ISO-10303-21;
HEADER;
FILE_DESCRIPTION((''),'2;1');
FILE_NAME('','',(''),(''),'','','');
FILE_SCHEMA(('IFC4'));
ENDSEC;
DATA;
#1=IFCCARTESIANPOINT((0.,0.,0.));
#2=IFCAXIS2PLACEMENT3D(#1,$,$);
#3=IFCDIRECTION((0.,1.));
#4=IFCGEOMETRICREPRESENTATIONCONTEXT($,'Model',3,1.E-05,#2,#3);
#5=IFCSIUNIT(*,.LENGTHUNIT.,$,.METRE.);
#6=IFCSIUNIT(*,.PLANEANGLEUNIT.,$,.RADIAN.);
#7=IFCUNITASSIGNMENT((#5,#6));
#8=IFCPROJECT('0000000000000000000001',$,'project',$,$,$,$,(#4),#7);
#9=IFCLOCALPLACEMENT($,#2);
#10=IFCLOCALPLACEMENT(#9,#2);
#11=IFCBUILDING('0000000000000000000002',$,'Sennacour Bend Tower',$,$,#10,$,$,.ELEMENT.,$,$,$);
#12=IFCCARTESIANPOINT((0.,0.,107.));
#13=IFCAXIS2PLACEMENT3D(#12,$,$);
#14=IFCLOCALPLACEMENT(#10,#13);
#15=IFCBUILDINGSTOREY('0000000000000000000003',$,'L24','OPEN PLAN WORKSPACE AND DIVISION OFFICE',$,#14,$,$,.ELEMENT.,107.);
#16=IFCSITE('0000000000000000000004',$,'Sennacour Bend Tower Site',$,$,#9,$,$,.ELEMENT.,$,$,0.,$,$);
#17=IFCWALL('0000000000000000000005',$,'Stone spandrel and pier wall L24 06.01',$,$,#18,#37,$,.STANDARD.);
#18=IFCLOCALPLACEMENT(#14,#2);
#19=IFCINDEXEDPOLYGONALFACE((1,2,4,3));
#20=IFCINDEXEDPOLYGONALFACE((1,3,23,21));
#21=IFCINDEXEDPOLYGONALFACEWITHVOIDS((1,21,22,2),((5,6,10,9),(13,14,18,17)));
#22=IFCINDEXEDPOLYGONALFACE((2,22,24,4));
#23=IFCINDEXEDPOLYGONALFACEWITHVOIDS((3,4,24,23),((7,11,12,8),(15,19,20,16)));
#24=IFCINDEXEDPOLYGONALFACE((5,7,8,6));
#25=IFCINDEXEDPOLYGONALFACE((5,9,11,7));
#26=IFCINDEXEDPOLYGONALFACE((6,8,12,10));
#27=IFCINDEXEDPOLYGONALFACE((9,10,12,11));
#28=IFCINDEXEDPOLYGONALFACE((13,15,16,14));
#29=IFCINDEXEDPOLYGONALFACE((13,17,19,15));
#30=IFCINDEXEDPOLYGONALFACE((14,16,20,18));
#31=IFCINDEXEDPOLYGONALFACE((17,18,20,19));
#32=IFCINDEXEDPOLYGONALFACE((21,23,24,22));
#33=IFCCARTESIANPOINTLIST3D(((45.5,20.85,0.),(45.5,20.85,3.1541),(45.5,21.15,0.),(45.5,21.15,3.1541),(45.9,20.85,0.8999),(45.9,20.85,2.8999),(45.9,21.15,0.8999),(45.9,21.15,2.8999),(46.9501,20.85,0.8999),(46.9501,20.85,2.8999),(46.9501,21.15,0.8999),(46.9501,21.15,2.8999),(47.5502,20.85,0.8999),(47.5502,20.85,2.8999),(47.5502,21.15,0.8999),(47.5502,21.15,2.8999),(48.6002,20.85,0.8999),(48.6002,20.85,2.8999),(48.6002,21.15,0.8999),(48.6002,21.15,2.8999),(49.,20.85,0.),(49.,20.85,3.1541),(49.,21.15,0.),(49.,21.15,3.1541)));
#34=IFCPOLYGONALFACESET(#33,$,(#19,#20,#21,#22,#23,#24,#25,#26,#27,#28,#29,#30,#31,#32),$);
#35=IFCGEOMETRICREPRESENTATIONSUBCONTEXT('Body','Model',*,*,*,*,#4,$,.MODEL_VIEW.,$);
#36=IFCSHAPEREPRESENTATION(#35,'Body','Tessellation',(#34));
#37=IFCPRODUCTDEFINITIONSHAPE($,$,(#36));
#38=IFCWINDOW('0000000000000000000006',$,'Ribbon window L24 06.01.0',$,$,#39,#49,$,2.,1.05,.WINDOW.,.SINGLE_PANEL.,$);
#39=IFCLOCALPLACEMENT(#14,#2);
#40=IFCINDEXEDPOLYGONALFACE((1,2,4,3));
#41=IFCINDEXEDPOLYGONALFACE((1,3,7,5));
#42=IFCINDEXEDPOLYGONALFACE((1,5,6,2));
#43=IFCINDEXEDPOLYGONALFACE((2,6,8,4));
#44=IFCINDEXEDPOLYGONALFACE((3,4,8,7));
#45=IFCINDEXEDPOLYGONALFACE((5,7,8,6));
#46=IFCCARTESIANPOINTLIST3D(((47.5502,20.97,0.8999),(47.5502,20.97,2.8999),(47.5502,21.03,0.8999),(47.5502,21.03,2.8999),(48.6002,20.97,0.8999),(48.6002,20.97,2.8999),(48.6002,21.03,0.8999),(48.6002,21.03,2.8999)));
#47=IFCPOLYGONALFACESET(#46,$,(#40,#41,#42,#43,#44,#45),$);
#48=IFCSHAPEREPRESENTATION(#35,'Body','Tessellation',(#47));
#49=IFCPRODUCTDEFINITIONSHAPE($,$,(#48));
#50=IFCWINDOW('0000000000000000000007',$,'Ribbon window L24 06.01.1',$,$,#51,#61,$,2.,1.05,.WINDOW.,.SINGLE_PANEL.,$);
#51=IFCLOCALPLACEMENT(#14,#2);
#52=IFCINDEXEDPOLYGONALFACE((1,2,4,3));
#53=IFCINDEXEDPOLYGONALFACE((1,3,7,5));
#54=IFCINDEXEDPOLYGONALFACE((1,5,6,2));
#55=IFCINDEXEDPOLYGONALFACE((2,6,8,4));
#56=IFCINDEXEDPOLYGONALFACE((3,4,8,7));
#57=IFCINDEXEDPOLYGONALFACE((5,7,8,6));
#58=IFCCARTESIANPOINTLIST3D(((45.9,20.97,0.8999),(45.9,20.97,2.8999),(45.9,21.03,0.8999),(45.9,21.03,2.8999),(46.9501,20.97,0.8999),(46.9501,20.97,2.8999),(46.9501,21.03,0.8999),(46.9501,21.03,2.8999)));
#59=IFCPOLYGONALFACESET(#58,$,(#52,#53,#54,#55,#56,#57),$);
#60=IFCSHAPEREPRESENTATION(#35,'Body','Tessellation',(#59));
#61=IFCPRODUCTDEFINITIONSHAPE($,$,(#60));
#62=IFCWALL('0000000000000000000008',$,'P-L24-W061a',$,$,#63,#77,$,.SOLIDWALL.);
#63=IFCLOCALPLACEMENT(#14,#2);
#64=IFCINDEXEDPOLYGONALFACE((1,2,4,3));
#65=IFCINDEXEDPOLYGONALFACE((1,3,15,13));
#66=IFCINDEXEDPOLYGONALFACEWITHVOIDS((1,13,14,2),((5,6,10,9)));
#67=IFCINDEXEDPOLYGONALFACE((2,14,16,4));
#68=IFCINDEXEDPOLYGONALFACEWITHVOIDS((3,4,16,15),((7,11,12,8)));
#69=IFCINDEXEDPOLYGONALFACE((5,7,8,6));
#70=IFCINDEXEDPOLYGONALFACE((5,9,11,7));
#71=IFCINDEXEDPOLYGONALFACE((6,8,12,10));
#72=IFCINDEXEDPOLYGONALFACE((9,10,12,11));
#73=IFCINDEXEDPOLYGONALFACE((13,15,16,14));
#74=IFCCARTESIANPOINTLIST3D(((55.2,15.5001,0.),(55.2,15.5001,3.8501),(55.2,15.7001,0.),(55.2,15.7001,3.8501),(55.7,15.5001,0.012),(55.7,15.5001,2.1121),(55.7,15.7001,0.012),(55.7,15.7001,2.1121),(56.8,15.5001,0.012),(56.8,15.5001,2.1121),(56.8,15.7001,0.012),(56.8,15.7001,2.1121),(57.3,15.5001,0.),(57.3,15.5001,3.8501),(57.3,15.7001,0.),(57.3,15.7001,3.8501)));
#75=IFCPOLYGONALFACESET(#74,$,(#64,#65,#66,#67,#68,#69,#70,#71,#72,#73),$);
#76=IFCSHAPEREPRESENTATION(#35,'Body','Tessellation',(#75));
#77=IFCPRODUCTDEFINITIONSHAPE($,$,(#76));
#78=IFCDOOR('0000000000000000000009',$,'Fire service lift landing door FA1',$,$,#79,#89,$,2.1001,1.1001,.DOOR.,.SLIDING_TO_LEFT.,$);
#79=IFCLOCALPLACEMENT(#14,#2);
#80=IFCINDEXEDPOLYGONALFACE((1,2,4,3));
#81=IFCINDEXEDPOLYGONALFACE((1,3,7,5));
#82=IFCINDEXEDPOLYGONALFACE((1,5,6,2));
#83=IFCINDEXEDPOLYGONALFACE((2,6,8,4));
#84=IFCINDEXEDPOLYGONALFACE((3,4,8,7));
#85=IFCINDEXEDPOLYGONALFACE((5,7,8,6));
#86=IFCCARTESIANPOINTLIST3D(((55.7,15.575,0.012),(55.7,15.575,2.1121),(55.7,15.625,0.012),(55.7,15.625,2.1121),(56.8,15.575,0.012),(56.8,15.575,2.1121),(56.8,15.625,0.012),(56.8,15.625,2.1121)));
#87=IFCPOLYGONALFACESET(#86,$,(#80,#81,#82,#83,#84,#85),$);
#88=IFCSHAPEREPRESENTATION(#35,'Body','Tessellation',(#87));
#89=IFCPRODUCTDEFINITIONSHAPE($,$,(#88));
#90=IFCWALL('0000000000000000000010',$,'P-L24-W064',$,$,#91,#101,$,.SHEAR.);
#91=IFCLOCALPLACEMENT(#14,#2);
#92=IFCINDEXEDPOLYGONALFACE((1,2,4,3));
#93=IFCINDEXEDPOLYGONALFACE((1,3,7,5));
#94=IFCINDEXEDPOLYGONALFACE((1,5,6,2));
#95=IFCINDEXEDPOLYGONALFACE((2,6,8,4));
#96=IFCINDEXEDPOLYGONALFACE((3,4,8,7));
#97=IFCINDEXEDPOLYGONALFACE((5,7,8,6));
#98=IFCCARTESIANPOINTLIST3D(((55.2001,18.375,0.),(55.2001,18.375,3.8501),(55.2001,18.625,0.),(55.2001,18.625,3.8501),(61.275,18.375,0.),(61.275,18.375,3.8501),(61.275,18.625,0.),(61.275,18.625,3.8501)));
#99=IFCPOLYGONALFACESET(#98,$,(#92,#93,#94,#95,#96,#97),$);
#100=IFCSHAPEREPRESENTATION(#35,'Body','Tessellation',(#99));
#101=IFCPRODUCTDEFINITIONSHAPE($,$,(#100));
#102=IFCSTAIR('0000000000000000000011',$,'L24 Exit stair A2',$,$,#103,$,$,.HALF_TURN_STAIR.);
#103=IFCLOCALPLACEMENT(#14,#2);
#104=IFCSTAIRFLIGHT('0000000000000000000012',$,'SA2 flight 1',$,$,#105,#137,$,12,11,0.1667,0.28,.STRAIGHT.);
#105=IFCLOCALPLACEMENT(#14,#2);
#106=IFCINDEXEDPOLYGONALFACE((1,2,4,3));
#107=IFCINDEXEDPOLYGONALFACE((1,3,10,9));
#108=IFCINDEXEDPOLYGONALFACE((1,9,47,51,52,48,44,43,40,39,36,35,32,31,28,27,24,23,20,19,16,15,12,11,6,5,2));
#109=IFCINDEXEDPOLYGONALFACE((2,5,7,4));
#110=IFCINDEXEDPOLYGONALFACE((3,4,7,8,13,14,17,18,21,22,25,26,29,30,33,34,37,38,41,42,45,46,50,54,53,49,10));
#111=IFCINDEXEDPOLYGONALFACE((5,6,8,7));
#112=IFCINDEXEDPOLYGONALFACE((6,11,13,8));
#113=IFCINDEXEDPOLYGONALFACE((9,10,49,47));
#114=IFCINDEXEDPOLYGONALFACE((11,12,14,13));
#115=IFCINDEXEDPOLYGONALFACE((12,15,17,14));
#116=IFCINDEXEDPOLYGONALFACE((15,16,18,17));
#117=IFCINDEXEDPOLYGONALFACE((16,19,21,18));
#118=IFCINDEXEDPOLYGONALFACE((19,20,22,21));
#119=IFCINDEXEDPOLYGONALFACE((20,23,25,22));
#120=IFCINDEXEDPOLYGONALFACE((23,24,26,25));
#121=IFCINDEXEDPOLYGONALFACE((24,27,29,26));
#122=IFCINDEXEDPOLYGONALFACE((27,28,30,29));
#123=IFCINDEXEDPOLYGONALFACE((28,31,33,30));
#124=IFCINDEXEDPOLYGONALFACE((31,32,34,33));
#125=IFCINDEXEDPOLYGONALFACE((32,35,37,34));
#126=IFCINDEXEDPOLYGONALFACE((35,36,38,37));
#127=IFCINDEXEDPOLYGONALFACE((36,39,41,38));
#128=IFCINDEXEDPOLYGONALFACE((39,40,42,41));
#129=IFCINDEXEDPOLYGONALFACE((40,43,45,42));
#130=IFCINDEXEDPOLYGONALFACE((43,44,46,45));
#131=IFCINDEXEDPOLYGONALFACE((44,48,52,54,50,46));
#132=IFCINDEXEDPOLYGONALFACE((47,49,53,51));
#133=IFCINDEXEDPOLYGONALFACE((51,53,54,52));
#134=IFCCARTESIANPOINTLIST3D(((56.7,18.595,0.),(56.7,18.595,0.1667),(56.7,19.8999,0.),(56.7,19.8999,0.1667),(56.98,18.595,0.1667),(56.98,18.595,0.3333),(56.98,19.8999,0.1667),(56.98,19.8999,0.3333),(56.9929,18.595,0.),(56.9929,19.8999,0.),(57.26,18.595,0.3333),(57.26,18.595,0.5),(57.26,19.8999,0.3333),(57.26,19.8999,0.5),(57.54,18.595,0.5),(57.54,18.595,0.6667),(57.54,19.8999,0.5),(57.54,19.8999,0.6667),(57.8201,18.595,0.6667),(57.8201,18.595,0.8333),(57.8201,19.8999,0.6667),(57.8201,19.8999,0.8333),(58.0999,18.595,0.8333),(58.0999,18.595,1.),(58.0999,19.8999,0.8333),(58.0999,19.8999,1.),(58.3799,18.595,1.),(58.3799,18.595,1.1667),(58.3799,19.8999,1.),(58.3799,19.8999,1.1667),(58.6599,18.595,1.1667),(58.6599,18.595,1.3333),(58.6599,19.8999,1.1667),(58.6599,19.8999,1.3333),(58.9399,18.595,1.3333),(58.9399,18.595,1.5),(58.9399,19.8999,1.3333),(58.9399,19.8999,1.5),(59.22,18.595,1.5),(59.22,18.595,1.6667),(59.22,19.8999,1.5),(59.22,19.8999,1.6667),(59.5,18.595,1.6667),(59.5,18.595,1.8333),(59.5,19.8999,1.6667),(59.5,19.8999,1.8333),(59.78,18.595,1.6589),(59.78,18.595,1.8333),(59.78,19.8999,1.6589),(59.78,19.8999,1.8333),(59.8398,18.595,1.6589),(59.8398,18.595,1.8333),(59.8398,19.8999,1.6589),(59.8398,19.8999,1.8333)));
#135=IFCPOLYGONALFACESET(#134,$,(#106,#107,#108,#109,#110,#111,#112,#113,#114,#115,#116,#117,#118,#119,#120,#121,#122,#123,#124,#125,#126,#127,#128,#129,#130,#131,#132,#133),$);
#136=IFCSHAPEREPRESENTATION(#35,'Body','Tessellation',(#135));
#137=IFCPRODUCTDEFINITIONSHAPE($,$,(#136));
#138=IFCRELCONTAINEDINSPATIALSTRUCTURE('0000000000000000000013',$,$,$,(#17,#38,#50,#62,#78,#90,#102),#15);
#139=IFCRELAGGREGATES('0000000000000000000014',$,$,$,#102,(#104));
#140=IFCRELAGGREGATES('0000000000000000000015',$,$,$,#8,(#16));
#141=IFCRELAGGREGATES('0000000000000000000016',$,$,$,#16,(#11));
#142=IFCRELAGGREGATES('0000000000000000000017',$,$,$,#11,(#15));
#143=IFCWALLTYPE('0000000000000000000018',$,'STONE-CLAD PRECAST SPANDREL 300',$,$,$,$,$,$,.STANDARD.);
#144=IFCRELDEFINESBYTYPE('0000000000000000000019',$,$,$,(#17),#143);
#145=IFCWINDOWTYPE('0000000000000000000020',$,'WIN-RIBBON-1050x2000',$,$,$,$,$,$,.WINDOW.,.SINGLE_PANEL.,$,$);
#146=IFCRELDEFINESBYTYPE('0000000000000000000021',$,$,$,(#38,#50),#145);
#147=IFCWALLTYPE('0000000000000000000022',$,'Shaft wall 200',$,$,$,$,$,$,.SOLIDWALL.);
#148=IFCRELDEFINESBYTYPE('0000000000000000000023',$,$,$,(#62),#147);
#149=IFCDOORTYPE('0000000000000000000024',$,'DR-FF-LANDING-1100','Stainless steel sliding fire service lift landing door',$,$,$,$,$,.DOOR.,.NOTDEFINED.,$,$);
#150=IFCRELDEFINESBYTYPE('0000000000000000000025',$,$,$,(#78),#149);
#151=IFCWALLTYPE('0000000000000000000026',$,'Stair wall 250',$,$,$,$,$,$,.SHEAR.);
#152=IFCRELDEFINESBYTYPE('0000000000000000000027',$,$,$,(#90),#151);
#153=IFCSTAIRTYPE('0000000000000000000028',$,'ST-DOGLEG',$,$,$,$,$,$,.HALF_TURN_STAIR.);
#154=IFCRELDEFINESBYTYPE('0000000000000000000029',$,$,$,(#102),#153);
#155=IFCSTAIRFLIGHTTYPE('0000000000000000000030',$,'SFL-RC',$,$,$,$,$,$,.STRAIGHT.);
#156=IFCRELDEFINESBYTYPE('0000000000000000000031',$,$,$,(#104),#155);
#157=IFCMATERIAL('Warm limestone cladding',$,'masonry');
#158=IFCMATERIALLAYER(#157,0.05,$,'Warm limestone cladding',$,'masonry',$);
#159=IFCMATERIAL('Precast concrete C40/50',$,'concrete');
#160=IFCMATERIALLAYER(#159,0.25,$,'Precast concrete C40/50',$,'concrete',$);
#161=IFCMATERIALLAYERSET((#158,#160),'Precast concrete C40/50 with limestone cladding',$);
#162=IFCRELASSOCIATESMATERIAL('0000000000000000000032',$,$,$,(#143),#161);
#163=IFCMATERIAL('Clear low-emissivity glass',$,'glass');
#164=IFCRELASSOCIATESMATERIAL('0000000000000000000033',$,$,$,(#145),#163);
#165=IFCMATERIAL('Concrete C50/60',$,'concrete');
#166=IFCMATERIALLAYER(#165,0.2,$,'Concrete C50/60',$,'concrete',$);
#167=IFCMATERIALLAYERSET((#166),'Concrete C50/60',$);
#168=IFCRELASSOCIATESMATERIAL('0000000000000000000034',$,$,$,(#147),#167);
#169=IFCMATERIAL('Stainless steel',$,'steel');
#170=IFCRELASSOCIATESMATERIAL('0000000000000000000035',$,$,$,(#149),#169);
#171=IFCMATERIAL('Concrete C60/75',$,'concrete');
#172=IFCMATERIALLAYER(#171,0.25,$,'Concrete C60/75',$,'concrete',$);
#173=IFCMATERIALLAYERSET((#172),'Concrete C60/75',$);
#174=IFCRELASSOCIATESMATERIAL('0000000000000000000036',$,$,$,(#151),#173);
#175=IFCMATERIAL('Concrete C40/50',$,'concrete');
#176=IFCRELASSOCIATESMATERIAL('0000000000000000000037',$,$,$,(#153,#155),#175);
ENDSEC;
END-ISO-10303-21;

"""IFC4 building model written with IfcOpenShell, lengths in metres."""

from ifc_helpers import new_model, si_unit, direction, frame, frame_2d, origin, place, context, subcontext, project, spatial, polyline, rectangle, outline, extrude, material, layer, layer_set, type_object, element, fill, aggregate, save


model = new_model("IFC4")

# Units and contexts
model_context = context("Model", 3, precision=1e-05, world=origin(), true_north=direction((0.0, 1.0)))
body_context = subcontext(model_context, "Body", "Model", "MODEL_VIEW")
ifc_project = project(units=[si_unit("LENGTHUNIT", "METRE"), si_unit("PLANEANGLEUNIT", "RADIAN")], contexts=[model_context])

# Site, building, storey
site_placement = place(None, origin())
site = spatial("IfcSite", under=ifc_project, at=site_placement, Name="Sennacour Bend Tower Site", CompositionType="ELEMENT", RefElevation=0.0)
building_placement = place(site_placement, origin())
building = spatial("IfcBuilding", under=site, at=building_placement, Name="Sennacour Bend Tower", CompositionType="ELEMENT")
storey_placement = place(building_placement, frame((0.0, 0.0, 107.0)))
storey = spatial("IfcBuildingStorey", under=building, at=storey_placement, Name="L24", Description="OPEN PLAN WORKSPACE AND DIVISION OFFICE", CompositionType="ELEMENT", Elevation=107.0)

# Wall, openings, windows
ifc_material_1 = material(Name="Warm limestone cladding", Category="masonry")
ifc_layer_1 = layer(ifc_material_1, 0.05, Name="Warm limestone cladding", Category="masonry")
ifc_material_2 = material(Name="Precast concrete C40/50", Category="concrete")
ifc_layer_2 = layer(ifc_material_2, 0.25, Name="Precast concrete C40/50", Category="concrete")
ifc_layer_set_1 = layer_set([ifc_layer_1, ifc_layer_2], Name="Precast concrete C40/50 with limestone cladding")
wall_type_1 = type_object("IfcWallType", Name="STONE-CLAD PRECAST SPANDREL 300", PredefinedType="STANDARD", material=ifc_layer_set_1)
ifc_material_3 = material(Name="Clear low-emissivity glass", Category="glass")
window_type_1 = type_object("IfcWindowType", Name="WIN-RIBBON-1050x2000", PartitioningType="SINGLE_PANEL", PredefinedType="WINDOW", material=ifc_material_3)
wall_1_placement = place(storey_placement, frame((49.0, 21.0, 0.0), z_axis=(0.0, 0.0, 1.0), x_axis=(-1.0, 0.0, 0.0)))
wall_1 = element("IfcWall", 1, at=wall_1_placement, inside=storey, type_object=wall_type_1, Name="Stone spandrel and pier wall L24 06.01", PredefinedType="STANDARD", context=body_context, shape_type="SweptSolid", body=[
    extrude(rectangle(XDim=3.5, YDim=0.3, at=frame_2d((1.75, 0.0))), origin(), (0.0, 0.0, 1.0), 3.1541),
])
opening_1_placement = place(wall_1_placement, frame((0.3999, 0.0, 0.8999)))
opening_1 = element("IfcOpeningElement", 2, at=opening_1_placement, cuts=wall_1, PredefinedType="OPENING", context=body_context, shape_type="SweptSolid", body=[
    extrude(rectangle(XDim=1.05, YDim=2.0, at=frame_2d((0.5249, 1.0))), frame((0.0, 0.1602, 0.0), z_axis=(0.0, -1.0, 0.0), x_axis=(1.0, 0.0, 0.0)), (0.0, 0.0, 1.0), 0.3201),
])
opening_2_placement = place(wall_1_placement, frame((2.05, 0.0, 0.8999)))
opening_2 = element("IfcOpeningElement", 3, at=opening_2_placement, cuts=wall_1, PredefinedType="OPENING", context=body_context, shape_type="SweptSolid", body=[
    extrude(rectangle(XDim=1.05, YDim=2.0, at=frame_2d((0.5249, 1.0))), frame((0.0, 0.1602, 0.0), z_axis=(0.0, -1.0, 0.0), x_axis=(1.0, 0.0, 0.0)), (0.0, 0.0, 1.0), 0.3201),
])
window_1_placement = place(opening_1_placement, origin())
window_1 = element("IfcWindow", 4, at=window_1_placement, inside=storey, type_object=window_type_1, Name="Ribbon window L24 06.01.0", OverallHeight=2.0, OverallWidth=1.05, PartitioningType="SINGLE_PANEL", PredefinedType="WINDOW", context=body_context, shape_type="SweptSolid", body=[
    extrude(rectangle(XDim=1.05, YDim=2.0, at=frame_2d((0.5249, 1.0))), frame((0.0, 0.03, 0.0), z_axis=(0.0, -1.0, 0.0), x_axis=(1.0, 0.0, 0.0)), (0.0, 0.0, 1.0), 0.0601),
])
fill(opening_1, window_1)
window_2_placement = place(opening_2_placement, origin())
window_2 = element("IfcWindow", 5, at=window_2_placement, inside=storey, type_object=window_type_1, Name="Ribbon window L24 06.01.1", OverallHeight=2.0, OverallWidth=1.05, PartitioningType="SINGLE_PANEL", PredefinedType="WINDOW", context=body_context, shape_type="SweptSolid", body=[
    extrude(rectangle(XDim=1.05, YDim=2.0, at=frame_2d((0.5249, 1.0))), frame((0.0, 0.03, 0.0), z_axis=(0.0, -1.0, 0.0), x_axis=(1.0, 0.0, 0.0)), (0.0, 0.0, 1.0), 0.0601),
])
fill(opening_2, window_2)

# Wall, opening, door
ifc_material_4 = material(Name="Concrete C50/60", Category="concrete")
ifc_layer_3 = layer(ifc_material_4, 0.2, Name="Concrete C50/60", Category="concrete")
ifc_layer_set_2 = layer_set([ifc_layer_3], Name="Concrete C50/60")
wall_type_2 = type_object("IfcWallType", Name="Shaft wall 200", PredefinedType="SOLIDWALL", material=ifc_layer_set_2)
wall_2_placement = place(storey_placement, frame((55.2, 15.6001, 0.0), z_axis=(0.0, 0.0, 1.0), x_axis=(1.0, 0.0, 0.0)))
wall_2 = element("IfcWall", 6, at=wall_2_placement, inside=storey, type_object=wall_type_2, Name="P-L24-W061a", PredefinedType="SOLIDWALL", context=body_context, shape_type="SweptSolid", body=[
    extrude(rectangle(XDim=2.1001, YDim=0.2, at=frame_2d((1.05, 0.0))), origin(), (0.0, 0.0, 1.0), 3.8501),
])
opening_3_placement = place(wall_2_placement, frame((0.5, 0.0, 0.012)))
opening_3 = element("IfcOpeningElement", 7, at=opening_3_placement, cuts=wall_2, PredefinedType="OPENING", context=body_context, shape_type="SweptSolid", body=[
    extrude(rectangle(XDim=1.1001, YDim=2.1001, at=frame_2d((0.55, 1.05))), frame((0.0, 0.1099, 0.0), z_axis=(0.0, -1.0, 0.0), x_axis=(1.0, 0.0, 0.0)), (0.0, 0.0, 1.0), 0.22),
])
ifc_material_5 = material(Name="Stainless steel", Category="steel")
door_type_1 = type_object("IfcDoorType", Name="DR-FF-LANDING-1100", Description="Stainless steel sliding fire service lift landing door", OperationType="NOTDEFINED", PredefinedType="DOOR", material=ifc_material_5)
door_1_placement = place(opening_3_placement, origin())
door_1 = element("IfcDoor", 8, at=door_1_placement, inside=storey, type_object=door_type_1, Name="Fire service lift landing door FA1", OperationType="SLIDING_TO_LEFT", OverallHeight=2.1001, OverallWidth=1.1001, PredefinedType="DOOR", context=body_context, shape_type="SweptSolid", body=[
    extrude(rectangle(XDim=1.1001, YDim=2.1001, at=frame_2d((0.55, 1.05))), frame((0.0, 0.0249, 0.0), z_axis=(0.0, -1.0, 0.0), x_axis=(1.0, 0.0, 0.0)), (0.0, 0.0, 1.0), 0.05),
])
fill(opening_3, door_1)

# Wall
ifc_material_6 = material(Name="Concrete C60/75", Category="concrete")
ifc_layer_4 = layer(ifc_material_6, 0.25, Name="Concrete C60/75", Category="concrete")
ifc_layer_set_3 = layer_set([ifc_layer_4], Name="Concrete C60/75")
wall_type_3 = type_object("IfcWallType", Name="Stair wall 250", PredefinedType="SHEAR", material=ifc_layer_set_3)
wall_3_placement = place(storey_placement, frame((55.2, 18.5, 0.0), z_axis=(0.0, 0.0, 1.0), x_axis=(1.0, 0.0, 0.0)))
element("IfcWall", 9, at=wall_3_placement, inside=storey, type_object=wall_type_3, Name="P-L24-W064", PredefinedType="SHEAR", context=body_context, shape_type="SweptSolid", body=[
    extrude(rectangle(XDim=6.075, YDim=0.25, at=frame_2d((3.0376, 0.0))), origin(), (0.0, 0.0, 1.0), 3.8501),
])

# Stair, stair flight
ifc_material_7 = material(Name="Concrete C40/50", Category="concrete")
stair_type = type_object("IfcStairType", Name="ST-DOGLEG", PredefinedType="HALF_TURN_STAIR", material=ifc_material_7)
stair_placement = place(storey_placement, origin())
stair = element("IfcStair", 10, at=stair_placement, inside=storey, type_object=stair_type, Name="L24 Exit stair A2", PredefinedType="HALF_TURN_STAIR")
stair_flight_type = type_object("IfcStairFlightType", Name="SFL-RC", PredefinedType="STRAIGHT", material=ifc_material_7)
stair_flight_placement = place(storey_placement, frame((56.7, 19.2476, 0.0), z_axis=(0.0, 0.0, 1.0), x_axis=(1.0, 0.0, 0.0)))
stair_flight = element("IfcStairFlight", 11, at=stair_flight_placement, type_object=stair_flight_type, Name="SA2 flight 1", NumberOfRisers=12, NumberOfTreads=11, PredefinedType="STRAIGHT", RiserHeight=0.1667, TreadLength=0.28, context=body_context, shape_type="SweptSolid", body=[
    extrude(outline(polyline([(0.0, 0.0), (0.0, 0.1667), (0.28, 0.1667), (0.28, 0.3333), (0.5601, 0.3333), (0.5601, 0.5), (0.8401, 0.5), (0.8401, 0.6667), (1.1201, 0.6667), (1.1201, 0.8333), (1.3999, 0.8333), (1.3999, 1.0), (1.6799, 1.0), (1.6799, 1.1667), (1.96, 1.1667), (1.96, 1.3333), (2.24, 1.3333), (2.24, 1.5), (2.52, 1.5), (2.52, 1.6667), (2.8, 1.6667), (2.8, 1.8333), (3.0801, 1.8333), (3.1399, 1.8333), (3.1399, 1.6589), (3.0801, 1.6589), (0.293, 0.0), (0.0, 0.0)])), frame((0.0, 0.6523, 0.0), z_axis=(0.0, -1.0, 0.0), x_axis=(1.0, 0.0, 0.0)), (0.0, 0.0, 1.0), 1.3049),
])
aggregate(stair, [stair_flight])

save(model, "model.ifc")
